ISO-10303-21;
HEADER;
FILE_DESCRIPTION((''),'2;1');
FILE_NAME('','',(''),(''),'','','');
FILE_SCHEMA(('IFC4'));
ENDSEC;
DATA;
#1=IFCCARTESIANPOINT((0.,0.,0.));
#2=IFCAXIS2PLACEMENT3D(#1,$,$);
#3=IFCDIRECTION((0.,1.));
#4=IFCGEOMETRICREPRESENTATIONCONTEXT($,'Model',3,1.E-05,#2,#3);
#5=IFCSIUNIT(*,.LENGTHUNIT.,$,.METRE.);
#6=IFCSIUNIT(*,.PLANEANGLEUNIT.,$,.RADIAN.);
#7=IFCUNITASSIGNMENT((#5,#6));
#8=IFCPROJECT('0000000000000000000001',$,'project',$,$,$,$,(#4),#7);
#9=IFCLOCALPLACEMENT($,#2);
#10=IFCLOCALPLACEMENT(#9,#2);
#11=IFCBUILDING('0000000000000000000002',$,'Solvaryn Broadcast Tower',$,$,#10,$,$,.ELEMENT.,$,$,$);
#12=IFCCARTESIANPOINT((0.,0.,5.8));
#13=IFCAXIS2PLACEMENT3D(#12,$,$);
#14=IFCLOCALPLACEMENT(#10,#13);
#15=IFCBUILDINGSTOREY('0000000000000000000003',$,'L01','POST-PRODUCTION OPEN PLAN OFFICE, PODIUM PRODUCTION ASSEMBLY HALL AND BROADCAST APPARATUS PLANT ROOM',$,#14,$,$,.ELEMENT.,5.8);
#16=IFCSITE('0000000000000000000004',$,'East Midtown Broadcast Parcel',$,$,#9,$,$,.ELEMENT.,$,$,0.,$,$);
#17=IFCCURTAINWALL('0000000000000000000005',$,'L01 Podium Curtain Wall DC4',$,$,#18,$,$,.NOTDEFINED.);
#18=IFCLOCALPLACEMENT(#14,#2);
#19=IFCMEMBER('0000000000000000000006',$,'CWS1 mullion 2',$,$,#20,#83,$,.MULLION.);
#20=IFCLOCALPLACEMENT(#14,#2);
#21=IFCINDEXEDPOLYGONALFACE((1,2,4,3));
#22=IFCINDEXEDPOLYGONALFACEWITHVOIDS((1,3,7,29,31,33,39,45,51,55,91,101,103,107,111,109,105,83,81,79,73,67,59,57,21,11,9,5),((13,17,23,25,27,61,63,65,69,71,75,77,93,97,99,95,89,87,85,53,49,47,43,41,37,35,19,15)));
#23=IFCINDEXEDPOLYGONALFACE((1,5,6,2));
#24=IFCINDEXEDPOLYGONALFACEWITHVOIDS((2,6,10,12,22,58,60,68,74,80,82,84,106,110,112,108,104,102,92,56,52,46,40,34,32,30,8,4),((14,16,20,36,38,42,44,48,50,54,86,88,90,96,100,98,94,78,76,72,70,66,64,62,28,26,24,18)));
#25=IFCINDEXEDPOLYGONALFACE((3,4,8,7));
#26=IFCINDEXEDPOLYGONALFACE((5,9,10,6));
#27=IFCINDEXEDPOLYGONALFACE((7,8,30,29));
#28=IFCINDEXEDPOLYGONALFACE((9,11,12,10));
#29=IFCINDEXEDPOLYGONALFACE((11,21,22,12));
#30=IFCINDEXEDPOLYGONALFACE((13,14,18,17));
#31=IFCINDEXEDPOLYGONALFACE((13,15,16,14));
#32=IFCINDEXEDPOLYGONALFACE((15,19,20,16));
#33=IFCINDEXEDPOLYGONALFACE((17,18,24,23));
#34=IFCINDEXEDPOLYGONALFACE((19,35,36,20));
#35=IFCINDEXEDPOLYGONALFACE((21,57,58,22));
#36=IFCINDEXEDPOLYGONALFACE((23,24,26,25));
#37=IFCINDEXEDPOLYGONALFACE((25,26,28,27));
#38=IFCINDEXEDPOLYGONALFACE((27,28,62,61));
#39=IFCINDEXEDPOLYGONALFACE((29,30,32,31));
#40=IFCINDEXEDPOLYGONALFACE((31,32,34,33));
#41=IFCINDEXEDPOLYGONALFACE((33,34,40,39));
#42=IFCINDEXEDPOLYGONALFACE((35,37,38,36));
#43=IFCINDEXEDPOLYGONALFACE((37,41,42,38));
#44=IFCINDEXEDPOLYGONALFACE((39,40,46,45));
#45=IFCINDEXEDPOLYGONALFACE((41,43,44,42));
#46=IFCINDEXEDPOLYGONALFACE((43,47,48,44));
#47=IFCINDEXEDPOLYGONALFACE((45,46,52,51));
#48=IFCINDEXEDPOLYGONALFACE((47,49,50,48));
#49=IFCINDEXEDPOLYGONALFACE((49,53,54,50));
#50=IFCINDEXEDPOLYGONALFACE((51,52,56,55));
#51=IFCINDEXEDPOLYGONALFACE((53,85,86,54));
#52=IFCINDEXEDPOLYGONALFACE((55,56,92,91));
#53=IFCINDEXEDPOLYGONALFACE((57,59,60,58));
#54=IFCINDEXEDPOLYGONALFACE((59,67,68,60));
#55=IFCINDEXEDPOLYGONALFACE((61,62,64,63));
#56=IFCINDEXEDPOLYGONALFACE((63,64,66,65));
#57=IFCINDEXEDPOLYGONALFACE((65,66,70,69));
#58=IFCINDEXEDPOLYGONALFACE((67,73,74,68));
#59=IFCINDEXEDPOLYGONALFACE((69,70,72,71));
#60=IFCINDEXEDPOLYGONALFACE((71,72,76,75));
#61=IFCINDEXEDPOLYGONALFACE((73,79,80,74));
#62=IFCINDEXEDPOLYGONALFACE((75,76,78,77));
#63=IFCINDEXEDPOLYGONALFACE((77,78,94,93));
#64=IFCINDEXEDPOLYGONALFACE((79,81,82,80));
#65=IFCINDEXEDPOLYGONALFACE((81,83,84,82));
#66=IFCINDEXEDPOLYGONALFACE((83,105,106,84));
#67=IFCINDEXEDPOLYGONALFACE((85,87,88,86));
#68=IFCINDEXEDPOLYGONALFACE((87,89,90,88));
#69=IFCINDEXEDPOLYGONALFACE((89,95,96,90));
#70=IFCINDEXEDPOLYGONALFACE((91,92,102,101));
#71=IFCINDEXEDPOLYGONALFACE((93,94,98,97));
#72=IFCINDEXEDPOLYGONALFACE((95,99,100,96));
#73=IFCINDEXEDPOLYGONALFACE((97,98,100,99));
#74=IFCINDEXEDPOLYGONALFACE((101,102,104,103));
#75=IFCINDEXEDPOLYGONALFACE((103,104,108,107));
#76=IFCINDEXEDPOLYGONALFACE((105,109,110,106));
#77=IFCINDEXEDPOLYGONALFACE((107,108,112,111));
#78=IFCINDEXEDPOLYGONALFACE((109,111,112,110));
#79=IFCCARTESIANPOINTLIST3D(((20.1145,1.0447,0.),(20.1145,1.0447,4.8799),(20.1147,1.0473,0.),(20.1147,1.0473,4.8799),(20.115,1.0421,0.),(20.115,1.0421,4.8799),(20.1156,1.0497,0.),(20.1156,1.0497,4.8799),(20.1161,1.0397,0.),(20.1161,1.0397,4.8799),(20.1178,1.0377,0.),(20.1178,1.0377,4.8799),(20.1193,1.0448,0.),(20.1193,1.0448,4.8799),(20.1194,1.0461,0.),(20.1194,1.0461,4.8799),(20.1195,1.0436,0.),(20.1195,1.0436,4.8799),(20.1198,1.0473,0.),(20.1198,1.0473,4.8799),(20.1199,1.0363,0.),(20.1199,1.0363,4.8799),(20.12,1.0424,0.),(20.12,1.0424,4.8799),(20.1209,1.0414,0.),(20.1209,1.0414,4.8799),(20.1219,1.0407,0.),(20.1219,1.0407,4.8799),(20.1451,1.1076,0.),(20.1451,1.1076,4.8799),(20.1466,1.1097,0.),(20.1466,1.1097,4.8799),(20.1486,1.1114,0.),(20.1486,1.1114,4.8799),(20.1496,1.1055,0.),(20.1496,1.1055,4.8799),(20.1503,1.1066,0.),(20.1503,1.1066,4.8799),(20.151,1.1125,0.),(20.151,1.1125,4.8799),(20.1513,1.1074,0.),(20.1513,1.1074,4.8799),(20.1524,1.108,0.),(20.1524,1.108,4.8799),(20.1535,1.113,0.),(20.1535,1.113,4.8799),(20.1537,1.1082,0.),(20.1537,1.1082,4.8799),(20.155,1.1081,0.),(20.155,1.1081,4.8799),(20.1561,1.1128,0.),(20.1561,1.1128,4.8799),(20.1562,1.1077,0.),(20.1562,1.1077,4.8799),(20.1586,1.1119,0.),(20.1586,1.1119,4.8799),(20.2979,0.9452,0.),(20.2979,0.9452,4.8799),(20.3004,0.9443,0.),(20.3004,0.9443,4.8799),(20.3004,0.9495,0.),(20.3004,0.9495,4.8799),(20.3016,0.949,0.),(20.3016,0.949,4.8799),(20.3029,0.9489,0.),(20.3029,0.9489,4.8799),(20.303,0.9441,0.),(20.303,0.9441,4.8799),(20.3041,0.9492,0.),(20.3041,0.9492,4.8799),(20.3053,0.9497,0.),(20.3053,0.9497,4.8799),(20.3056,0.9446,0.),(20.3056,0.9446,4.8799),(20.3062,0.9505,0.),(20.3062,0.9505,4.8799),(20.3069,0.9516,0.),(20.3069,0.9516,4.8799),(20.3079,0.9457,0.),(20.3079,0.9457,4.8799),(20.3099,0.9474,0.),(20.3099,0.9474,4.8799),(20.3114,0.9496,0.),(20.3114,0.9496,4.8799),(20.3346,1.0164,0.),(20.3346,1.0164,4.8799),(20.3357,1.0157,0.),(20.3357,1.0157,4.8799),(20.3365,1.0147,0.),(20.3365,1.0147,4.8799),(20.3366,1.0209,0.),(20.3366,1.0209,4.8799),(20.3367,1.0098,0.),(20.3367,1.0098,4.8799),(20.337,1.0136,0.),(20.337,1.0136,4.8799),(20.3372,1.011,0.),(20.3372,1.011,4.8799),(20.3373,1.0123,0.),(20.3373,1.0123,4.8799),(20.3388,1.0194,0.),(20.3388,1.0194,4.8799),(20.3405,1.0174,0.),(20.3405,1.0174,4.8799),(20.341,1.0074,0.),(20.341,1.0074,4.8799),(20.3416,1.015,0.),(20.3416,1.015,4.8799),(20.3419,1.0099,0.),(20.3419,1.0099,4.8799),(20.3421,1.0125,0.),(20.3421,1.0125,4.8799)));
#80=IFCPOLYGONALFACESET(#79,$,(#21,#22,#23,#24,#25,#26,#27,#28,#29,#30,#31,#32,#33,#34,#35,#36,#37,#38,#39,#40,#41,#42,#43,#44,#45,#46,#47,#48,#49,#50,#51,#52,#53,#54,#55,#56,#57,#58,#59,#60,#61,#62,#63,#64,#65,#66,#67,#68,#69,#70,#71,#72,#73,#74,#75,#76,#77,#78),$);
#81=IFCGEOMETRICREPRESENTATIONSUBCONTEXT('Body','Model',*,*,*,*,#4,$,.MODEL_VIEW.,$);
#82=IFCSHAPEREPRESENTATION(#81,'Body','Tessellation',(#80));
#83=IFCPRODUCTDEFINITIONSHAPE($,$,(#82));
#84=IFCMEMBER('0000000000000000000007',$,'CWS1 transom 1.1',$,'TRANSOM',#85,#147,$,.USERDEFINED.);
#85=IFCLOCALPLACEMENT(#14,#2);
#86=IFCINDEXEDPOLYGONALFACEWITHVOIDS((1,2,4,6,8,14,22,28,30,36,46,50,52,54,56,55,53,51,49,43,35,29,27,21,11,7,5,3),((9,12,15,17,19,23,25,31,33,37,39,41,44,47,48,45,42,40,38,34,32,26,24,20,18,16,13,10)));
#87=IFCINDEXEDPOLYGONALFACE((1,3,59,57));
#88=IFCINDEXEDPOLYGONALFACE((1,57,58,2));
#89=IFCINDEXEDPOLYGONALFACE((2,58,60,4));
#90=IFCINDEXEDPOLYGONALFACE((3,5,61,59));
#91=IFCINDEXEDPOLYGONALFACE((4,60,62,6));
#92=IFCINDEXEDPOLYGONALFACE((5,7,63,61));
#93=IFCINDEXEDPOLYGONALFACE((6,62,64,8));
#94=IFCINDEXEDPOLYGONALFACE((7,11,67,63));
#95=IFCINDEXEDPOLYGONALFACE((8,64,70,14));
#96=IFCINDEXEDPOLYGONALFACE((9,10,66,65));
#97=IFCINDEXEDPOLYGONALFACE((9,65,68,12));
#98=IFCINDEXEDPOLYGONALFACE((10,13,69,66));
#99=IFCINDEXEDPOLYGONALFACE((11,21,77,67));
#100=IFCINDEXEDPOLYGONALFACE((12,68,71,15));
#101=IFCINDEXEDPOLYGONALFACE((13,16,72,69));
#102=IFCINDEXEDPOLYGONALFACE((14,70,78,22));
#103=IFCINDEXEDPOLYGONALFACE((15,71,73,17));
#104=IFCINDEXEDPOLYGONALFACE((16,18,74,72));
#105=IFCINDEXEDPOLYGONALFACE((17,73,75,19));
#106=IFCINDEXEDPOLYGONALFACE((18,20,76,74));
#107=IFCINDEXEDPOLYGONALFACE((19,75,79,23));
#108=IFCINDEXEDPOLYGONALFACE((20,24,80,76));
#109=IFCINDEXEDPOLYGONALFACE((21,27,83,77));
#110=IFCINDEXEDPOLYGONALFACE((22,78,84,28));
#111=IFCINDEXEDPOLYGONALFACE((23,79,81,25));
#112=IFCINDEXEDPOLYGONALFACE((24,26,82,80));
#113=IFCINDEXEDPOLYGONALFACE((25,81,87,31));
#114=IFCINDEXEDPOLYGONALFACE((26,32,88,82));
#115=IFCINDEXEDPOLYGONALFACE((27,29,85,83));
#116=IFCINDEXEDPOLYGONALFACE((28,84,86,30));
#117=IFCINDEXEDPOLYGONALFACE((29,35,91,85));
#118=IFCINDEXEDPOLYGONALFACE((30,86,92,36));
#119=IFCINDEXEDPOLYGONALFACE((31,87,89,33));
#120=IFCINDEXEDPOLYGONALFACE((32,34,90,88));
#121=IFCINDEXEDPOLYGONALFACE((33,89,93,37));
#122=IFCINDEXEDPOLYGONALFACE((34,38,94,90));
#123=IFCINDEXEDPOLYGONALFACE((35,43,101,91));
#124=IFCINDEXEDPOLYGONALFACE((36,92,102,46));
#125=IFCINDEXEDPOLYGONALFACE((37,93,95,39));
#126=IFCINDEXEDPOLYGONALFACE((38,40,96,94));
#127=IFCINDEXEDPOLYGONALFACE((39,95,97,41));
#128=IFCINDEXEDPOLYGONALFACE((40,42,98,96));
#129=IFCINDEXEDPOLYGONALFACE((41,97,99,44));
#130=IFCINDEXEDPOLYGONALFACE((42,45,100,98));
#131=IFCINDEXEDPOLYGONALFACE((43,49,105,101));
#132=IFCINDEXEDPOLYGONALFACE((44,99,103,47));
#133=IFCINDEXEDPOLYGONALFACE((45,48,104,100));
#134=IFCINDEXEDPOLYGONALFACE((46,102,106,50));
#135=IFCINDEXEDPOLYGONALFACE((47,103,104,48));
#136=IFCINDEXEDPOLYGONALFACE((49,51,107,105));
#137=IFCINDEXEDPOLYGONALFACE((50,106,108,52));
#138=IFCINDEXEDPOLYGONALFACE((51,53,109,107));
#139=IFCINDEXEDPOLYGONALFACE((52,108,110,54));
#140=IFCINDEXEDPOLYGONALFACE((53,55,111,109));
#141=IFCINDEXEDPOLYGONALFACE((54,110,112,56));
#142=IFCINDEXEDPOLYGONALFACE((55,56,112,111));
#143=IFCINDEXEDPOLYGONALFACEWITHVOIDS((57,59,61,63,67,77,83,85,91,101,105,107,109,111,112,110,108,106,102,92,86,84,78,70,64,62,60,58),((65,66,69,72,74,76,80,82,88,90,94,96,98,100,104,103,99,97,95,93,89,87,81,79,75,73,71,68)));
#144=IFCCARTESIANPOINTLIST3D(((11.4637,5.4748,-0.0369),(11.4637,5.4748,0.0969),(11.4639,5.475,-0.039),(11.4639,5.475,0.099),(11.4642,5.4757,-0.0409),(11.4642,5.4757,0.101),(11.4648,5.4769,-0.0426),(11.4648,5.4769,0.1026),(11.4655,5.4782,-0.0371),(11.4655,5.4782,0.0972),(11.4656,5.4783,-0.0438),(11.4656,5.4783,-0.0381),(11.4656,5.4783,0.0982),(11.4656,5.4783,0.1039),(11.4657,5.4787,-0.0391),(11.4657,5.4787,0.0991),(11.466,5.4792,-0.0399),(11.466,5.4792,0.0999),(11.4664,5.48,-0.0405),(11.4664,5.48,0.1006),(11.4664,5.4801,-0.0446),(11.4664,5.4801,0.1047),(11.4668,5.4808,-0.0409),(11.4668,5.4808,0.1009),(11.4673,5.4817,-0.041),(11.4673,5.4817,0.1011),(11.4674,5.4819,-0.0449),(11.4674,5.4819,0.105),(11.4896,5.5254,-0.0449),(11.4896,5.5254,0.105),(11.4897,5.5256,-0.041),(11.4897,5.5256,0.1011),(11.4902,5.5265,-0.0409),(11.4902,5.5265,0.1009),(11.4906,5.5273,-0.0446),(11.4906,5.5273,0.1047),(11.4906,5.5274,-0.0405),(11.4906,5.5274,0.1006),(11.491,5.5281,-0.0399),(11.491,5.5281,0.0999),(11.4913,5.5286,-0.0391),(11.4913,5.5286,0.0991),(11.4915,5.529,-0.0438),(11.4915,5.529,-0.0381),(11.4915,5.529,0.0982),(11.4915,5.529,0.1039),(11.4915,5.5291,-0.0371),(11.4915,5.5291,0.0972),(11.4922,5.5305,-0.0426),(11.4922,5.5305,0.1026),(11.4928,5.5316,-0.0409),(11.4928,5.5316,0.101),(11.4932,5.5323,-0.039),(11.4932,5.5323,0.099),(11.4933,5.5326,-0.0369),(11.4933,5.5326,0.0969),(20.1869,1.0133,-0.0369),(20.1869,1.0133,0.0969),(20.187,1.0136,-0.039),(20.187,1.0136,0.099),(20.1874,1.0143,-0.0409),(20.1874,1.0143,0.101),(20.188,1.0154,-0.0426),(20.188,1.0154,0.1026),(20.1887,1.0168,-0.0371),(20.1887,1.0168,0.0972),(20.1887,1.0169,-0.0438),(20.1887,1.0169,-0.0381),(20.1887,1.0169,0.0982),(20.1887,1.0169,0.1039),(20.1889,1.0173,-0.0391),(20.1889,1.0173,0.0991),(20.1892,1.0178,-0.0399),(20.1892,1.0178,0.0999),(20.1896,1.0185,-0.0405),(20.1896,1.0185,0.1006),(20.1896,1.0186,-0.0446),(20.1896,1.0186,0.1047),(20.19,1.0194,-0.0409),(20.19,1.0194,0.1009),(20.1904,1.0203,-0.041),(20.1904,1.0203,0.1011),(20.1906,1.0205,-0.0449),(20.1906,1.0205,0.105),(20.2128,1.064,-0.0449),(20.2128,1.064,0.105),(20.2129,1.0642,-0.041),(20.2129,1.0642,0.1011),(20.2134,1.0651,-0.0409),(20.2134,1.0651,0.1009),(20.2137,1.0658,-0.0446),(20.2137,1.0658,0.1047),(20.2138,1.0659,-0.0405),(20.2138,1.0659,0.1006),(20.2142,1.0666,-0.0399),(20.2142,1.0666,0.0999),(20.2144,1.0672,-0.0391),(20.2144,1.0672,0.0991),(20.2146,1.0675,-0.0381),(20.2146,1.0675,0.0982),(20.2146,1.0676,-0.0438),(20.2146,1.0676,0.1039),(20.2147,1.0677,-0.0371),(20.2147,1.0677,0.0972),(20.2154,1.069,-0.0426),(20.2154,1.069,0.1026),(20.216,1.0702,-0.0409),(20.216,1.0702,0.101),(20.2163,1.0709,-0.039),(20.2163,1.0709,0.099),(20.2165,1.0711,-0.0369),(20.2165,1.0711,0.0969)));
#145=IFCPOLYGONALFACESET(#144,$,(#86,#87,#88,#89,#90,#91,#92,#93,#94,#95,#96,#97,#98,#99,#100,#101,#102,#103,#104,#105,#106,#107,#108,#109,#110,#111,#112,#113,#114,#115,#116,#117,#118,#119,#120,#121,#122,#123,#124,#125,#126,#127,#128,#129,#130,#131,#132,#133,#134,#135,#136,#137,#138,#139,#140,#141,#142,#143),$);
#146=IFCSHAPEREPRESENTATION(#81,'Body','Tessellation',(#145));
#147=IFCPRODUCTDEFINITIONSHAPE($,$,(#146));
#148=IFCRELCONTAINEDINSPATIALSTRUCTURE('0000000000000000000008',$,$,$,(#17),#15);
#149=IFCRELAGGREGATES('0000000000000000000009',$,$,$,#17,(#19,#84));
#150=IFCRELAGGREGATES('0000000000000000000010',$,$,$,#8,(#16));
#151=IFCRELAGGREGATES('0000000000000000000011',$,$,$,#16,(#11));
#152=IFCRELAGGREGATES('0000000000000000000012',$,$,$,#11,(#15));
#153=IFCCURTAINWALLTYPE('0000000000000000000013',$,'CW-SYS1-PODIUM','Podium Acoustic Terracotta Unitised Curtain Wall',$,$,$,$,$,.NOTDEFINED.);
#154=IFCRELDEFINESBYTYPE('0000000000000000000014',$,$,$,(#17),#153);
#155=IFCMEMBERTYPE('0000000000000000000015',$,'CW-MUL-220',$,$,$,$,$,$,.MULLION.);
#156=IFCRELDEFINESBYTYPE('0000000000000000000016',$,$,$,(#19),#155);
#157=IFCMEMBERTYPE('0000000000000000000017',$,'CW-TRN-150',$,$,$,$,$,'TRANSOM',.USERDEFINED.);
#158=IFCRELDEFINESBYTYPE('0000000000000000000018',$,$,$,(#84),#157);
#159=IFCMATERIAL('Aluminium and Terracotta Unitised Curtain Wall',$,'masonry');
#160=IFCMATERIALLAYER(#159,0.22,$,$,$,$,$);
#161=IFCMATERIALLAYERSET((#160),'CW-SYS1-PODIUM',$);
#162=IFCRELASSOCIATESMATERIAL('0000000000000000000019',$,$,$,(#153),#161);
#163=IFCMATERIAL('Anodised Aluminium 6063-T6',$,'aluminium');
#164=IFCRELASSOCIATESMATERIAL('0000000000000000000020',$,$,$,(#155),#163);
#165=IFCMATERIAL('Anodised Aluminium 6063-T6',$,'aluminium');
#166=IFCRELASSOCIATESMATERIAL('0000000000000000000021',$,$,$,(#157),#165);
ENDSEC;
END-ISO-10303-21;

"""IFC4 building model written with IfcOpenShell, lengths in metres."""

from ifc_helpers import new_model, si_unit, direction, frame, origin, origin_2d, place, context, subcontext, project, spatial, hollow_rectangle, extrude, material, layer, layer_set, material_profile, profile_set, type_object, element, aggregate, save


model = new_model("IFC4")

# Units and contexts
model_context = context("Model", 3, precision=1e-05, world=origin(), true_north=direction((0.0, 1.0)))
body_context = subcontext(model_context, "Body", "Model", "MODEL_VIEW")
ifc_project = project(units=[si_unit("LENGTHUNIT", "METRE"), si_unit("PLANEANGLEUNIT", "RADIAN")], contexts=[model_context])

# Site, building, storey
site_placement = place(None, origin())
site = spatial("IfcSite", under=ifc_project, at=site_placement, Name="East Midtown Broadcast Parcel", CompositionType="ELEMENT", RefElevation=0.0)
building_placement = place(site_placement, origin())
building = spatial("IfcBuilding", under=site, at=building_placement, Name="Solvaryn Broadcast Tower", CompositionType="ELEMENT")
storey_placement = place(building_placement, frame((0.0, 0.0, 5.8)))
storey = spatial("IfcBuildingStorey", under=building, at=storey_placement, Name="L01", Description="POST-PRODUCTION OPEN PLAN OFFICE, PODIUM PRODUCTION ASSEMBLY HALL AND BROADCAST APPARATUS PLANT ROOM", CompositionType="ELEMENT", Elevation=5.8)

# Shared definitions
ifc_material_1 = material(Name="Aluminium and Terracotta Unitised Curtain Wall", Category="masonry")
ifc_layer_1 = layer(ifc_material_1, 0.22)
ifc_layer_set_1 = layer_set([ifc_layer_1], Name="CW-SYS1-PODIUM")
curtain_wall_type = type_object("IfcCurtainWallType", Name="CW-SYS1-PODIUM", Description="Podium Acoustic Terracotta Unitised Curtain Wall", PredefinedType="NOTDEFINED", material=ifc_layer_set_1)
ifc_material_2 = material(Name="Anodised Aluminium 6063-T6", Category="aluminium")
ifc_material_profile_1 = material_profile(ifc_material_2, hollow_rectangle(XDim=0.085, YDim=0.22, WallThickness=0.0049, InnerFilletRadius=0.0049, OuterFilletRadius=0.01, at=origin_2d()))
ifc_profile_set_1 = profile_set([ifc_material_profile_1], Name="Anodised Aluminium 6063-T6")
member_type_1 = type_object("IfcMemberType", Name="CW-MUL-220", PredefinedType="MULLION", material=ifc_profile_set_1)

# Curtain wall, members
curtain_wall_1_placement = place(storey_placement, origin())
curtain_wall_1 = element("IfcCurtainWall", 1, at=curtain_wall_1_placement, inside=storey, type_object=curtain_wall_type, Name="L01 Podium Curtain Wall DC4", PredefinedType="NOTDEFINED")
member_1_placement = place(storey_placement, frame((20.2283, 1.0286, 0.0), z_axis=(0.0, 0.0, 1.0), x_axis=(0.455342, 0.890317, 0.0)))
member_1 = element("IfcMember", 2, at=member_1_placement, type_object=member_type_1, Name="CWS1 mullion 2", PredefinedType="MULLION", context=body_context, shape_type="SweptSolid", body=[
    extrude(hollow_rectangle(XDim=0.085, YDim=0.22, WallThickness=0.0049, InnerFilletRadius=0.0049, OuterFilletRadius=0.01, at=origin_2d()), origin(), (0.0, 0.0, 1.0), 4.8799),
])
ifc_material_3 = material(Name="Anodised Aluminium 6063-T6", Category="aluminium")
ifc_material_profile_2 = material_profile(ifc_material_3, hollow_rectangle(XDim=0.0649, YDim=0.1499, WallThickness=0.0039, InnerFilletRadius=0.0039, OuterFilletRadius=0.0081, at=origin_2d()))
ifc_profile_set_2 = profile_set([ifc_material_profile_2], Name="Anodised Aluminium 6063-T6")
member_type_2 = type_object("IfcMemberType", Name="CW-TRN-150", ElementType="TRANSOM", PredefinedType="USERDEFINED", material=ifc_profile_set_2)
member_2_placement = place(storey_placement, frame((11.4785, 5.5037, 0.03), z_axis=(0.890313, -0.455348, 0.0), x_axis=(0.455348, 0.890313, 0.0)))
member_2 = element("IfcMember", 3, at=member_2_placement, type_object=member_type_2, Name="CWS1 transom 1.1", ObjectType="TRANSOM", PredefinedType="USERDEFINED", context=body_context, shape_type="SweptSolid", body=[
    extrude(hollow_rectangle(XDim=0.0649, YDim=0.1499, WallThickness=0.0039, InnerFilletRadius=0.0039, OuterFilletRadius=0.0081, at=origin_2d()), origin(), (0.0, 0.0, 1.0), 9.7979),
])

aggregate(curtain_wall_1, [member_1, member_2])

save(model, "model.ifc")
